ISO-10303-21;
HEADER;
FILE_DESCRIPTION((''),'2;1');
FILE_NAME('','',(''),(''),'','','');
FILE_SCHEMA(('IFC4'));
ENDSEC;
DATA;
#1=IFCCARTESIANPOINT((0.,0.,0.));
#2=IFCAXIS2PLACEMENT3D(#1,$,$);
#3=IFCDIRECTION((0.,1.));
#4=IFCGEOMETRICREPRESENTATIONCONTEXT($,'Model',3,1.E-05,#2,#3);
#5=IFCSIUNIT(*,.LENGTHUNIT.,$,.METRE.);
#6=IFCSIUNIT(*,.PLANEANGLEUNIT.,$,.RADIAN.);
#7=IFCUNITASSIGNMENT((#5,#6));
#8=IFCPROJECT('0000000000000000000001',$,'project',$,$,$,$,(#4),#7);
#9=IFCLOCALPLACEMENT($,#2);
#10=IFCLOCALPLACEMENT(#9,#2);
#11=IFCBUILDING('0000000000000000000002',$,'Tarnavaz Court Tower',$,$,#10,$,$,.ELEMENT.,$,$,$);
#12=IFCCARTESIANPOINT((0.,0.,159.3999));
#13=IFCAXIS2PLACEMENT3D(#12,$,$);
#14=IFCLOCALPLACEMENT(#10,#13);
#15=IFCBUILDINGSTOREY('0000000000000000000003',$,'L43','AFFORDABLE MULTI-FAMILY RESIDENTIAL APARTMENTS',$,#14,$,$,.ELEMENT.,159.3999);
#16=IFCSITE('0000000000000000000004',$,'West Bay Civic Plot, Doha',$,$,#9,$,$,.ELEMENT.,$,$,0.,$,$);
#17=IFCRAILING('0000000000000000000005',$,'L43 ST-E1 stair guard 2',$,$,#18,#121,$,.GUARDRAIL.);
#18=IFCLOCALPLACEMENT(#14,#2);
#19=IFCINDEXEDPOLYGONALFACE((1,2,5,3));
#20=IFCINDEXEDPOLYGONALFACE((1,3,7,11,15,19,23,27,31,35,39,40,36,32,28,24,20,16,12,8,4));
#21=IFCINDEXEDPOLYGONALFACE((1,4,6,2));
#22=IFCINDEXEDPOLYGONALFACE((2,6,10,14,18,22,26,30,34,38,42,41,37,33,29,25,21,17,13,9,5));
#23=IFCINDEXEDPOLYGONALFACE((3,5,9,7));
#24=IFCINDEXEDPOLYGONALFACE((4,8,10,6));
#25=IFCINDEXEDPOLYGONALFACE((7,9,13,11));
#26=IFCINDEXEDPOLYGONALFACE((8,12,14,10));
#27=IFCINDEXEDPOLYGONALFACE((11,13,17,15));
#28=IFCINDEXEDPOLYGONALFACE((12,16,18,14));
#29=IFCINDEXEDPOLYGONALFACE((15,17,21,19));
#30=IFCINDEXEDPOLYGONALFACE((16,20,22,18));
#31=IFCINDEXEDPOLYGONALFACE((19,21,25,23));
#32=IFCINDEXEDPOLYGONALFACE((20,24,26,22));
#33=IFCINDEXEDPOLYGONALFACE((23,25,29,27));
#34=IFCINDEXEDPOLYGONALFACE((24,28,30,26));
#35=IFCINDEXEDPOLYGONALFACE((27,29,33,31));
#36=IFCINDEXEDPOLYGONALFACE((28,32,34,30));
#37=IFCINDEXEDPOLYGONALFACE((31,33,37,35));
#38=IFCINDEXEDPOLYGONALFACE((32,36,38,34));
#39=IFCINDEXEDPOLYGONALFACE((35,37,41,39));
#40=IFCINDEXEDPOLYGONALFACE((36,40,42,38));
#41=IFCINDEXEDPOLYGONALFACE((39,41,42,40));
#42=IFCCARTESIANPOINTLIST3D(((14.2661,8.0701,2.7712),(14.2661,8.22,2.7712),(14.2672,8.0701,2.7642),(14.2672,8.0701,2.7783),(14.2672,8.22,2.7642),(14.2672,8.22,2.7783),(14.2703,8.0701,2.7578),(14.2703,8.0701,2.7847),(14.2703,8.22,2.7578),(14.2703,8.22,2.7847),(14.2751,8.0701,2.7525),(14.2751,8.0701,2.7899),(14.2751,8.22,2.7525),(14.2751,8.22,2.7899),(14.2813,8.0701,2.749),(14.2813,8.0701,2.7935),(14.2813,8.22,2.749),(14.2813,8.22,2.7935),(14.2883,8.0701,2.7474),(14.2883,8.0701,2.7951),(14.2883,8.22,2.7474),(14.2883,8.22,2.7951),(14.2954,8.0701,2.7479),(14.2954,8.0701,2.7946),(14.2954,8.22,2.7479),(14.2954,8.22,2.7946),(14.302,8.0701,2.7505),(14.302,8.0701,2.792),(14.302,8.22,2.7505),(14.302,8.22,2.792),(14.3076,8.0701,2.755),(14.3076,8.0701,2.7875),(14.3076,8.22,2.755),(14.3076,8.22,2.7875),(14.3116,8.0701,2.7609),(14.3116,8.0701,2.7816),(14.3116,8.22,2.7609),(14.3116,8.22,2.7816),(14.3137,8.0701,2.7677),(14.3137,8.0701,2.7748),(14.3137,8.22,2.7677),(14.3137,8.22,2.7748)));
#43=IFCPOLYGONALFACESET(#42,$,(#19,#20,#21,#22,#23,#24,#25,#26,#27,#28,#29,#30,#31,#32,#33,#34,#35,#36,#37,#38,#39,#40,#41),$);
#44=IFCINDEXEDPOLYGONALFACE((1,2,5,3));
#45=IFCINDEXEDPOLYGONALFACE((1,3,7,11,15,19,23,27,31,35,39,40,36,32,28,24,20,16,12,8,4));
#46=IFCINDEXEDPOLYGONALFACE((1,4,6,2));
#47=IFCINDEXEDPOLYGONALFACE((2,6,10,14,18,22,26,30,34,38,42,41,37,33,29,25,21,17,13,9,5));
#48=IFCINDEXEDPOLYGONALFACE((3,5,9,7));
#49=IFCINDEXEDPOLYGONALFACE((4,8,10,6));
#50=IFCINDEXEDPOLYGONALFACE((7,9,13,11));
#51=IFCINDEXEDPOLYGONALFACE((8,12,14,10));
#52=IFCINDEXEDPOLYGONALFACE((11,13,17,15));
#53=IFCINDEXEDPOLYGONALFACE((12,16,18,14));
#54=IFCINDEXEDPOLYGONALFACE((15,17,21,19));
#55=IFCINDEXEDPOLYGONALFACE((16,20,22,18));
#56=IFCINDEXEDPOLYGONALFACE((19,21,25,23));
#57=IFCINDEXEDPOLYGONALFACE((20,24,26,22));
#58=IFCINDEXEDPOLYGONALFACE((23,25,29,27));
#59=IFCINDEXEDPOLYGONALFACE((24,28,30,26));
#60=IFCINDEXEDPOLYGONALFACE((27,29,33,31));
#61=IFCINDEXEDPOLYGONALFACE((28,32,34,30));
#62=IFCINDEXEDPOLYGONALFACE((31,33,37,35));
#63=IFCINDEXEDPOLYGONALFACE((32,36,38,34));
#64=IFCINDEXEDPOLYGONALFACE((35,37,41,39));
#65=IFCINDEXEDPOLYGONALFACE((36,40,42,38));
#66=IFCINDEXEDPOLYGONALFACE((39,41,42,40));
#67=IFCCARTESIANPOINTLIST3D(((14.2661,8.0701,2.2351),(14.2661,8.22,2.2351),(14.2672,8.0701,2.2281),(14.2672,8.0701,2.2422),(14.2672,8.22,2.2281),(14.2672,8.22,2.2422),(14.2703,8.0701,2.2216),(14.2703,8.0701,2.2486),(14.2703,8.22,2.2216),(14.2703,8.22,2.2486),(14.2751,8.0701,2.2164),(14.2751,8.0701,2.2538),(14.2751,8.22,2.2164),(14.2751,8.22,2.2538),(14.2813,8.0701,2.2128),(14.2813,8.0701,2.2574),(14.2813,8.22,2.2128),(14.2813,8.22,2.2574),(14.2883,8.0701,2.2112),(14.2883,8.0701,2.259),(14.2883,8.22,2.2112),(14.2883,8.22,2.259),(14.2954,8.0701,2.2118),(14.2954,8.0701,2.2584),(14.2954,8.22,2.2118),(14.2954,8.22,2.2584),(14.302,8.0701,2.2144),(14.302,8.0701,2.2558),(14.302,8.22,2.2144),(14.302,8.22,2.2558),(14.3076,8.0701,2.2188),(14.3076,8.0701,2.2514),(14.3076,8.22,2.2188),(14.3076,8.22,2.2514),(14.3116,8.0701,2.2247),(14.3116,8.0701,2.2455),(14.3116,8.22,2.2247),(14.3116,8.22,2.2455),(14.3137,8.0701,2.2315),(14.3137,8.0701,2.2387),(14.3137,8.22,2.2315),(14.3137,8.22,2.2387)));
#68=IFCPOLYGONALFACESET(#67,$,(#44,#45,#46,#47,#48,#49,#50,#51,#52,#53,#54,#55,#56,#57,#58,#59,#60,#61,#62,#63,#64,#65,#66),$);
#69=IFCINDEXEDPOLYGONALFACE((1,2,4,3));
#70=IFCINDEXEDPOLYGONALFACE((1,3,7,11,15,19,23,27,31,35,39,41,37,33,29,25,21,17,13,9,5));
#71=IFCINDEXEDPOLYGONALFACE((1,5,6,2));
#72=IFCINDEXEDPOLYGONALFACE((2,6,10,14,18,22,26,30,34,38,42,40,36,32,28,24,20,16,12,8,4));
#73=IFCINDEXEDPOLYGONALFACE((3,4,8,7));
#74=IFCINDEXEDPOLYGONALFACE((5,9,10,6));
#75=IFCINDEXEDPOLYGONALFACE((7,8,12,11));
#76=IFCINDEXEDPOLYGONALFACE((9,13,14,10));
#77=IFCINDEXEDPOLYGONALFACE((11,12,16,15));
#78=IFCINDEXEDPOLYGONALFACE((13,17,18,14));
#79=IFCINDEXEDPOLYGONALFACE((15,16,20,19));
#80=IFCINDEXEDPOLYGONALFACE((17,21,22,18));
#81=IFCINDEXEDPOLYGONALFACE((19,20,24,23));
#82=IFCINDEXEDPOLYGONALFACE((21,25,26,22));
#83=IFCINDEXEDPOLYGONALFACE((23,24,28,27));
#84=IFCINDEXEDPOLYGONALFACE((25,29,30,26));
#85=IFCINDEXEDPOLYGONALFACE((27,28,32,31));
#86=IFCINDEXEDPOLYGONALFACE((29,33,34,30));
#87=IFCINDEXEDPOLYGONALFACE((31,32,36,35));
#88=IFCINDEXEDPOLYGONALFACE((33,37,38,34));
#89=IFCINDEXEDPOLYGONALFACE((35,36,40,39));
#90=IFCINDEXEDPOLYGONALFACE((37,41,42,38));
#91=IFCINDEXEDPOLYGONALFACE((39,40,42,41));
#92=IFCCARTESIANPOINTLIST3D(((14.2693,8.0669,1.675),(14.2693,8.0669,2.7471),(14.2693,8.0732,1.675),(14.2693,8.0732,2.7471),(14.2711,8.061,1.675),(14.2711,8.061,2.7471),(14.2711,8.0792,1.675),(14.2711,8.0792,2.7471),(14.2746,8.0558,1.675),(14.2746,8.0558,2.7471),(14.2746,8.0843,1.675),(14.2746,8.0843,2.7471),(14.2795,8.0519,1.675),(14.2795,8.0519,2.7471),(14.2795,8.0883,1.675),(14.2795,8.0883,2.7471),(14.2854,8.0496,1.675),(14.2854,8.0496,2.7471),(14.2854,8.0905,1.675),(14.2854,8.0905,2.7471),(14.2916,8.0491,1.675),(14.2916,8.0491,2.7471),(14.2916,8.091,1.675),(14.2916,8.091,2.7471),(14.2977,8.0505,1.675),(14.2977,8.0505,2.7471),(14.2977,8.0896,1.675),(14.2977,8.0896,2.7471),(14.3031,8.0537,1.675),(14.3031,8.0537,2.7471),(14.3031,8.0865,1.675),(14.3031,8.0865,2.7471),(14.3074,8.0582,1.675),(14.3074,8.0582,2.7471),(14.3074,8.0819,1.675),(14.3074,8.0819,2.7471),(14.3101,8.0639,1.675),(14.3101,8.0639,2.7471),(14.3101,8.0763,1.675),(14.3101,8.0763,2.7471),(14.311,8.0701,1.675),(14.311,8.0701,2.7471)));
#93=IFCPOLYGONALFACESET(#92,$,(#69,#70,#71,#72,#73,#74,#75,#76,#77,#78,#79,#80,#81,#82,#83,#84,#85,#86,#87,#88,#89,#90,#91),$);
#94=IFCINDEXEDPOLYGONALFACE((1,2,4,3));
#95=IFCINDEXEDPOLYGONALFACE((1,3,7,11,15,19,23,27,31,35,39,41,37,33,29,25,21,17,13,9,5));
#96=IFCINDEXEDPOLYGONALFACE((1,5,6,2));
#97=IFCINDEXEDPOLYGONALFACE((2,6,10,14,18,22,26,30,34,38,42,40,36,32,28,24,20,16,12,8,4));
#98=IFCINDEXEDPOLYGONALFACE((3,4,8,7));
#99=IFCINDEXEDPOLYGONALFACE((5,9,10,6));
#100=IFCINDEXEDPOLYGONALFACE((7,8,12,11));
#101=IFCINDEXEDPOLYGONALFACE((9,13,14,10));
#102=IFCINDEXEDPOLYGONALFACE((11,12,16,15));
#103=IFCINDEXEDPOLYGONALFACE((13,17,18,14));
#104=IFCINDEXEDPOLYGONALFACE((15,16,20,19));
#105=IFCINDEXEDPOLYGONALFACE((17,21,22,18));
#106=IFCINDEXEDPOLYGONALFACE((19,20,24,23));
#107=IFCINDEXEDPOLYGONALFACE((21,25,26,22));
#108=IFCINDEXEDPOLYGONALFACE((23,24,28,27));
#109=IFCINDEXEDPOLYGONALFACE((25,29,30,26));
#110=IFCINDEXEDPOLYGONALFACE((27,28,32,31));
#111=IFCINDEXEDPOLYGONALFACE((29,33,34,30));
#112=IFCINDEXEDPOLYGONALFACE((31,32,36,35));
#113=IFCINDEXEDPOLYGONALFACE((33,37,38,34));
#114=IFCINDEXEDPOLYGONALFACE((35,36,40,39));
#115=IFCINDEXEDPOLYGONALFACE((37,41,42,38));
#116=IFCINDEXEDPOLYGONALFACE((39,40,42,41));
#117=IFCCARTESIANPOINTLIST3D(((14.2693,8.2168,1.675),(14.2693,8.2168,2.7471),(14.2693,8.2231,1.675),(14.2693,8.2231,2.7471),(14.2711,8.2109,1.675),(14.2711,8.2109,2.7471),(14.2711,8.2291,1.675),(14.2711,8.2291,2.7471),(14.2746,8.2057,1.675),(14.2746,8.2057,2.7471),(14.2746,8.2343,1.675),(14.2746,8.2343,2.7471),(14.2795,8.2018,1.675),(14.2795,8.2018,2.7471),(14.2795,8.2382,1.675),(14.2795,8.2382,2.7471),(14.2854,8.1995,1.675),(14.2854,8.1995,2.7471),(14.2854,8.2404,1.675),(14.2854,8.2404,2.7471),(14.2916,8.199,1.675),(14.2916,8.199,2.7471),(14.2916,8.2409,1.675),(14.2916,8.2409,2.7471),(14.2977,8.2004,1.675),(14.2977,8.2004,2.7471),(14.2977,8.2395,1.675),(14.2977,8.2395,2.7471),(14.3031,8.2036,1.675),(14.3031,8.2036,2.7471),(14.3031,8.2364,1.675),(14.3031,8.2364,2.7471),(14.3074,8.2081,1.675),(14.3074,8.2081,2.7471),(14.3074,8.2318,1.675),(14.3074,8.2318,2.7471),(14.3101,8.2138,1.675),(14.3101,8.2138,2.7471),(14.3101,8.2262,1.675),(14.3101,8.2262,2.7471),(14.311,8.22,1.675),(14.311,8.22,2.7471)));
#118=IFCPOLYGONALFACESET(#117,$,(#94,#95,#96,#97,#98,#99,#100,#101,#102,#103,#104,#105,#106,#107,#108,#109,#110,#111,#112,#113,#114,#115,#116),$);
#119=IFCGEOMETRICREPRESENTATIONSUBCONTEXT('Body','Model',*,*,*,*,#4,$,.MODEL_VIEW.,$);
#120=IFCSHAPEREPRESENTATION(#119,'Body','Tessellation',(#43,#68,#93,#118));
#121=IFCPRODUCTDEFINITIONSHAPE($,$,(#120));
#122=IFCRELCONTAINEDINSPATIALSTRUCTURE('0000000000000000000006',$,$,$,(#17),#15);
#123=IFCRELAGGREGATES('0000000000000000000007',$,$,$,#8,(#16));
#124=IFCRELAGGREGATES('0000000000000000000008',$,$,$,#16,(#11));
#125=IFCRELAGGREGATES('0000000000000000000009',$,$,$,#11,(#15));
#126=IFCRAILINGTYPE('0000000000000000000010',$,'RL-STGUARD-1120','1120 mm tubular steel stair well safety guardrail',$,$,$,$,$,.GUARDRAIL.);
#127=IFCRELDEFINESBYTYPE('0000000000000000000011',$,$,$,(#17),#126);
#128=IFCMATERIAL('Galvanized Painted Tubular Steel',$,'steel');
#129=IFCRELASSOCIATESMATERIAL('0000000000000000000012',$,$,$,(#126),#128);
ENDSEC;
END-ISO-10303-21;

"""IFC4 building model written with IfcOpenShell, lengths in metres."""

from ifc_helpers import new_model, si_unit, direction, frame, origin, origin_2d, place, context, subcontext, project, spatial, circle, extrude, material, type_object, element, save


model = new_model("IFC4")

# Units and contexts
model_context = context("Model", 3, precision=1e-05, world=origin(), true_north=direction((0.0, 1.0)))
body_context = subcontext(model_context, "Body", "Model", "MODEL_VIEW")
ifc_project = project(units=[si_unit("LENGTHUNIT", "METRE"), si_unit("PLANEANGLEUNIT", "RADIAN")], contexts=[model_context])

# Site, building, storey
site_placement = place(None, origin())
site = spatial("IfcSite", under=ifc_project, at=site_placement, Name="West Bay Civic Plot, Doha", CompositionType="ELEMENT", RefElevation=0.0)
building_placement = place(site_placement, origin())
building = spatial("IfcBuilding", under=site, at=building_placement, Name="Tarnavaz Court Tower", CompositionType="ELEMENT")
storey_placement = place(building_placement, frame((0.0, 0.0, 159.3999)))
storey = spatial("IfcBuildingStorey", under=building, at=storey_placement, Name="L43", Description="AFFORDABLE MULTI-FAMILY RESIDENTIAL APARTMENTS", CompositionType="ELEMENT", Elevation=159.3999)

# Railing
ifc_material_1 = material(Name="Galvanized Painted Tubular Steel", Category="steel")
railing_type_1 = type_object("IfcRailingType", Name="RL-STGUARD-1120", Description="1120 mm tubular steel stair well safety guardrail", PredefinedType="GUARDRAIL", material=ifc_material_1)
railing_1_placement = place(storey_placement, frame((14.29, 8.0701, 1.675)))
element("IfcRailing", 1, at=railing_1_placement, inside=storey, type_object=railing_type_1, Name="L43 ST-E1 stair guard 2", PredefinedType="GUARDRAIL", context=body_context, shape_type="SweptSolid", body=[
    extrude(circle(Radius=0.0239, at=origin_2d()), frame((0.0, 0.0, 1.0962), z_axis=(0.0, 1.0, 0.0), x_axis=(-1.0, 0.0, 0.0)), (0.0, 0.0, 1.0), 0.1499),
    extrude(circle(Radius=0.0239, at=origin_2d()), frame((0.0, 0.0, 0.5601), z_axis=(0.0, 1.0, 0.0), x_axis=(-1.0, 0.0, 0.0)), (0.0, 0.0, 1.0), 0.1499),
    extrude(circle(Radius=0.021, at=origin_2d()), origin(), (0.0, 0.0, 1.0), 1.072),
    extrude(circle(Radius=0.021, at=origin_2d()), frame((0.0, 0.1499, 0.0)), (0.0, 0.0, 1.0), 1.072),
])

save(model, "model.ifc")
